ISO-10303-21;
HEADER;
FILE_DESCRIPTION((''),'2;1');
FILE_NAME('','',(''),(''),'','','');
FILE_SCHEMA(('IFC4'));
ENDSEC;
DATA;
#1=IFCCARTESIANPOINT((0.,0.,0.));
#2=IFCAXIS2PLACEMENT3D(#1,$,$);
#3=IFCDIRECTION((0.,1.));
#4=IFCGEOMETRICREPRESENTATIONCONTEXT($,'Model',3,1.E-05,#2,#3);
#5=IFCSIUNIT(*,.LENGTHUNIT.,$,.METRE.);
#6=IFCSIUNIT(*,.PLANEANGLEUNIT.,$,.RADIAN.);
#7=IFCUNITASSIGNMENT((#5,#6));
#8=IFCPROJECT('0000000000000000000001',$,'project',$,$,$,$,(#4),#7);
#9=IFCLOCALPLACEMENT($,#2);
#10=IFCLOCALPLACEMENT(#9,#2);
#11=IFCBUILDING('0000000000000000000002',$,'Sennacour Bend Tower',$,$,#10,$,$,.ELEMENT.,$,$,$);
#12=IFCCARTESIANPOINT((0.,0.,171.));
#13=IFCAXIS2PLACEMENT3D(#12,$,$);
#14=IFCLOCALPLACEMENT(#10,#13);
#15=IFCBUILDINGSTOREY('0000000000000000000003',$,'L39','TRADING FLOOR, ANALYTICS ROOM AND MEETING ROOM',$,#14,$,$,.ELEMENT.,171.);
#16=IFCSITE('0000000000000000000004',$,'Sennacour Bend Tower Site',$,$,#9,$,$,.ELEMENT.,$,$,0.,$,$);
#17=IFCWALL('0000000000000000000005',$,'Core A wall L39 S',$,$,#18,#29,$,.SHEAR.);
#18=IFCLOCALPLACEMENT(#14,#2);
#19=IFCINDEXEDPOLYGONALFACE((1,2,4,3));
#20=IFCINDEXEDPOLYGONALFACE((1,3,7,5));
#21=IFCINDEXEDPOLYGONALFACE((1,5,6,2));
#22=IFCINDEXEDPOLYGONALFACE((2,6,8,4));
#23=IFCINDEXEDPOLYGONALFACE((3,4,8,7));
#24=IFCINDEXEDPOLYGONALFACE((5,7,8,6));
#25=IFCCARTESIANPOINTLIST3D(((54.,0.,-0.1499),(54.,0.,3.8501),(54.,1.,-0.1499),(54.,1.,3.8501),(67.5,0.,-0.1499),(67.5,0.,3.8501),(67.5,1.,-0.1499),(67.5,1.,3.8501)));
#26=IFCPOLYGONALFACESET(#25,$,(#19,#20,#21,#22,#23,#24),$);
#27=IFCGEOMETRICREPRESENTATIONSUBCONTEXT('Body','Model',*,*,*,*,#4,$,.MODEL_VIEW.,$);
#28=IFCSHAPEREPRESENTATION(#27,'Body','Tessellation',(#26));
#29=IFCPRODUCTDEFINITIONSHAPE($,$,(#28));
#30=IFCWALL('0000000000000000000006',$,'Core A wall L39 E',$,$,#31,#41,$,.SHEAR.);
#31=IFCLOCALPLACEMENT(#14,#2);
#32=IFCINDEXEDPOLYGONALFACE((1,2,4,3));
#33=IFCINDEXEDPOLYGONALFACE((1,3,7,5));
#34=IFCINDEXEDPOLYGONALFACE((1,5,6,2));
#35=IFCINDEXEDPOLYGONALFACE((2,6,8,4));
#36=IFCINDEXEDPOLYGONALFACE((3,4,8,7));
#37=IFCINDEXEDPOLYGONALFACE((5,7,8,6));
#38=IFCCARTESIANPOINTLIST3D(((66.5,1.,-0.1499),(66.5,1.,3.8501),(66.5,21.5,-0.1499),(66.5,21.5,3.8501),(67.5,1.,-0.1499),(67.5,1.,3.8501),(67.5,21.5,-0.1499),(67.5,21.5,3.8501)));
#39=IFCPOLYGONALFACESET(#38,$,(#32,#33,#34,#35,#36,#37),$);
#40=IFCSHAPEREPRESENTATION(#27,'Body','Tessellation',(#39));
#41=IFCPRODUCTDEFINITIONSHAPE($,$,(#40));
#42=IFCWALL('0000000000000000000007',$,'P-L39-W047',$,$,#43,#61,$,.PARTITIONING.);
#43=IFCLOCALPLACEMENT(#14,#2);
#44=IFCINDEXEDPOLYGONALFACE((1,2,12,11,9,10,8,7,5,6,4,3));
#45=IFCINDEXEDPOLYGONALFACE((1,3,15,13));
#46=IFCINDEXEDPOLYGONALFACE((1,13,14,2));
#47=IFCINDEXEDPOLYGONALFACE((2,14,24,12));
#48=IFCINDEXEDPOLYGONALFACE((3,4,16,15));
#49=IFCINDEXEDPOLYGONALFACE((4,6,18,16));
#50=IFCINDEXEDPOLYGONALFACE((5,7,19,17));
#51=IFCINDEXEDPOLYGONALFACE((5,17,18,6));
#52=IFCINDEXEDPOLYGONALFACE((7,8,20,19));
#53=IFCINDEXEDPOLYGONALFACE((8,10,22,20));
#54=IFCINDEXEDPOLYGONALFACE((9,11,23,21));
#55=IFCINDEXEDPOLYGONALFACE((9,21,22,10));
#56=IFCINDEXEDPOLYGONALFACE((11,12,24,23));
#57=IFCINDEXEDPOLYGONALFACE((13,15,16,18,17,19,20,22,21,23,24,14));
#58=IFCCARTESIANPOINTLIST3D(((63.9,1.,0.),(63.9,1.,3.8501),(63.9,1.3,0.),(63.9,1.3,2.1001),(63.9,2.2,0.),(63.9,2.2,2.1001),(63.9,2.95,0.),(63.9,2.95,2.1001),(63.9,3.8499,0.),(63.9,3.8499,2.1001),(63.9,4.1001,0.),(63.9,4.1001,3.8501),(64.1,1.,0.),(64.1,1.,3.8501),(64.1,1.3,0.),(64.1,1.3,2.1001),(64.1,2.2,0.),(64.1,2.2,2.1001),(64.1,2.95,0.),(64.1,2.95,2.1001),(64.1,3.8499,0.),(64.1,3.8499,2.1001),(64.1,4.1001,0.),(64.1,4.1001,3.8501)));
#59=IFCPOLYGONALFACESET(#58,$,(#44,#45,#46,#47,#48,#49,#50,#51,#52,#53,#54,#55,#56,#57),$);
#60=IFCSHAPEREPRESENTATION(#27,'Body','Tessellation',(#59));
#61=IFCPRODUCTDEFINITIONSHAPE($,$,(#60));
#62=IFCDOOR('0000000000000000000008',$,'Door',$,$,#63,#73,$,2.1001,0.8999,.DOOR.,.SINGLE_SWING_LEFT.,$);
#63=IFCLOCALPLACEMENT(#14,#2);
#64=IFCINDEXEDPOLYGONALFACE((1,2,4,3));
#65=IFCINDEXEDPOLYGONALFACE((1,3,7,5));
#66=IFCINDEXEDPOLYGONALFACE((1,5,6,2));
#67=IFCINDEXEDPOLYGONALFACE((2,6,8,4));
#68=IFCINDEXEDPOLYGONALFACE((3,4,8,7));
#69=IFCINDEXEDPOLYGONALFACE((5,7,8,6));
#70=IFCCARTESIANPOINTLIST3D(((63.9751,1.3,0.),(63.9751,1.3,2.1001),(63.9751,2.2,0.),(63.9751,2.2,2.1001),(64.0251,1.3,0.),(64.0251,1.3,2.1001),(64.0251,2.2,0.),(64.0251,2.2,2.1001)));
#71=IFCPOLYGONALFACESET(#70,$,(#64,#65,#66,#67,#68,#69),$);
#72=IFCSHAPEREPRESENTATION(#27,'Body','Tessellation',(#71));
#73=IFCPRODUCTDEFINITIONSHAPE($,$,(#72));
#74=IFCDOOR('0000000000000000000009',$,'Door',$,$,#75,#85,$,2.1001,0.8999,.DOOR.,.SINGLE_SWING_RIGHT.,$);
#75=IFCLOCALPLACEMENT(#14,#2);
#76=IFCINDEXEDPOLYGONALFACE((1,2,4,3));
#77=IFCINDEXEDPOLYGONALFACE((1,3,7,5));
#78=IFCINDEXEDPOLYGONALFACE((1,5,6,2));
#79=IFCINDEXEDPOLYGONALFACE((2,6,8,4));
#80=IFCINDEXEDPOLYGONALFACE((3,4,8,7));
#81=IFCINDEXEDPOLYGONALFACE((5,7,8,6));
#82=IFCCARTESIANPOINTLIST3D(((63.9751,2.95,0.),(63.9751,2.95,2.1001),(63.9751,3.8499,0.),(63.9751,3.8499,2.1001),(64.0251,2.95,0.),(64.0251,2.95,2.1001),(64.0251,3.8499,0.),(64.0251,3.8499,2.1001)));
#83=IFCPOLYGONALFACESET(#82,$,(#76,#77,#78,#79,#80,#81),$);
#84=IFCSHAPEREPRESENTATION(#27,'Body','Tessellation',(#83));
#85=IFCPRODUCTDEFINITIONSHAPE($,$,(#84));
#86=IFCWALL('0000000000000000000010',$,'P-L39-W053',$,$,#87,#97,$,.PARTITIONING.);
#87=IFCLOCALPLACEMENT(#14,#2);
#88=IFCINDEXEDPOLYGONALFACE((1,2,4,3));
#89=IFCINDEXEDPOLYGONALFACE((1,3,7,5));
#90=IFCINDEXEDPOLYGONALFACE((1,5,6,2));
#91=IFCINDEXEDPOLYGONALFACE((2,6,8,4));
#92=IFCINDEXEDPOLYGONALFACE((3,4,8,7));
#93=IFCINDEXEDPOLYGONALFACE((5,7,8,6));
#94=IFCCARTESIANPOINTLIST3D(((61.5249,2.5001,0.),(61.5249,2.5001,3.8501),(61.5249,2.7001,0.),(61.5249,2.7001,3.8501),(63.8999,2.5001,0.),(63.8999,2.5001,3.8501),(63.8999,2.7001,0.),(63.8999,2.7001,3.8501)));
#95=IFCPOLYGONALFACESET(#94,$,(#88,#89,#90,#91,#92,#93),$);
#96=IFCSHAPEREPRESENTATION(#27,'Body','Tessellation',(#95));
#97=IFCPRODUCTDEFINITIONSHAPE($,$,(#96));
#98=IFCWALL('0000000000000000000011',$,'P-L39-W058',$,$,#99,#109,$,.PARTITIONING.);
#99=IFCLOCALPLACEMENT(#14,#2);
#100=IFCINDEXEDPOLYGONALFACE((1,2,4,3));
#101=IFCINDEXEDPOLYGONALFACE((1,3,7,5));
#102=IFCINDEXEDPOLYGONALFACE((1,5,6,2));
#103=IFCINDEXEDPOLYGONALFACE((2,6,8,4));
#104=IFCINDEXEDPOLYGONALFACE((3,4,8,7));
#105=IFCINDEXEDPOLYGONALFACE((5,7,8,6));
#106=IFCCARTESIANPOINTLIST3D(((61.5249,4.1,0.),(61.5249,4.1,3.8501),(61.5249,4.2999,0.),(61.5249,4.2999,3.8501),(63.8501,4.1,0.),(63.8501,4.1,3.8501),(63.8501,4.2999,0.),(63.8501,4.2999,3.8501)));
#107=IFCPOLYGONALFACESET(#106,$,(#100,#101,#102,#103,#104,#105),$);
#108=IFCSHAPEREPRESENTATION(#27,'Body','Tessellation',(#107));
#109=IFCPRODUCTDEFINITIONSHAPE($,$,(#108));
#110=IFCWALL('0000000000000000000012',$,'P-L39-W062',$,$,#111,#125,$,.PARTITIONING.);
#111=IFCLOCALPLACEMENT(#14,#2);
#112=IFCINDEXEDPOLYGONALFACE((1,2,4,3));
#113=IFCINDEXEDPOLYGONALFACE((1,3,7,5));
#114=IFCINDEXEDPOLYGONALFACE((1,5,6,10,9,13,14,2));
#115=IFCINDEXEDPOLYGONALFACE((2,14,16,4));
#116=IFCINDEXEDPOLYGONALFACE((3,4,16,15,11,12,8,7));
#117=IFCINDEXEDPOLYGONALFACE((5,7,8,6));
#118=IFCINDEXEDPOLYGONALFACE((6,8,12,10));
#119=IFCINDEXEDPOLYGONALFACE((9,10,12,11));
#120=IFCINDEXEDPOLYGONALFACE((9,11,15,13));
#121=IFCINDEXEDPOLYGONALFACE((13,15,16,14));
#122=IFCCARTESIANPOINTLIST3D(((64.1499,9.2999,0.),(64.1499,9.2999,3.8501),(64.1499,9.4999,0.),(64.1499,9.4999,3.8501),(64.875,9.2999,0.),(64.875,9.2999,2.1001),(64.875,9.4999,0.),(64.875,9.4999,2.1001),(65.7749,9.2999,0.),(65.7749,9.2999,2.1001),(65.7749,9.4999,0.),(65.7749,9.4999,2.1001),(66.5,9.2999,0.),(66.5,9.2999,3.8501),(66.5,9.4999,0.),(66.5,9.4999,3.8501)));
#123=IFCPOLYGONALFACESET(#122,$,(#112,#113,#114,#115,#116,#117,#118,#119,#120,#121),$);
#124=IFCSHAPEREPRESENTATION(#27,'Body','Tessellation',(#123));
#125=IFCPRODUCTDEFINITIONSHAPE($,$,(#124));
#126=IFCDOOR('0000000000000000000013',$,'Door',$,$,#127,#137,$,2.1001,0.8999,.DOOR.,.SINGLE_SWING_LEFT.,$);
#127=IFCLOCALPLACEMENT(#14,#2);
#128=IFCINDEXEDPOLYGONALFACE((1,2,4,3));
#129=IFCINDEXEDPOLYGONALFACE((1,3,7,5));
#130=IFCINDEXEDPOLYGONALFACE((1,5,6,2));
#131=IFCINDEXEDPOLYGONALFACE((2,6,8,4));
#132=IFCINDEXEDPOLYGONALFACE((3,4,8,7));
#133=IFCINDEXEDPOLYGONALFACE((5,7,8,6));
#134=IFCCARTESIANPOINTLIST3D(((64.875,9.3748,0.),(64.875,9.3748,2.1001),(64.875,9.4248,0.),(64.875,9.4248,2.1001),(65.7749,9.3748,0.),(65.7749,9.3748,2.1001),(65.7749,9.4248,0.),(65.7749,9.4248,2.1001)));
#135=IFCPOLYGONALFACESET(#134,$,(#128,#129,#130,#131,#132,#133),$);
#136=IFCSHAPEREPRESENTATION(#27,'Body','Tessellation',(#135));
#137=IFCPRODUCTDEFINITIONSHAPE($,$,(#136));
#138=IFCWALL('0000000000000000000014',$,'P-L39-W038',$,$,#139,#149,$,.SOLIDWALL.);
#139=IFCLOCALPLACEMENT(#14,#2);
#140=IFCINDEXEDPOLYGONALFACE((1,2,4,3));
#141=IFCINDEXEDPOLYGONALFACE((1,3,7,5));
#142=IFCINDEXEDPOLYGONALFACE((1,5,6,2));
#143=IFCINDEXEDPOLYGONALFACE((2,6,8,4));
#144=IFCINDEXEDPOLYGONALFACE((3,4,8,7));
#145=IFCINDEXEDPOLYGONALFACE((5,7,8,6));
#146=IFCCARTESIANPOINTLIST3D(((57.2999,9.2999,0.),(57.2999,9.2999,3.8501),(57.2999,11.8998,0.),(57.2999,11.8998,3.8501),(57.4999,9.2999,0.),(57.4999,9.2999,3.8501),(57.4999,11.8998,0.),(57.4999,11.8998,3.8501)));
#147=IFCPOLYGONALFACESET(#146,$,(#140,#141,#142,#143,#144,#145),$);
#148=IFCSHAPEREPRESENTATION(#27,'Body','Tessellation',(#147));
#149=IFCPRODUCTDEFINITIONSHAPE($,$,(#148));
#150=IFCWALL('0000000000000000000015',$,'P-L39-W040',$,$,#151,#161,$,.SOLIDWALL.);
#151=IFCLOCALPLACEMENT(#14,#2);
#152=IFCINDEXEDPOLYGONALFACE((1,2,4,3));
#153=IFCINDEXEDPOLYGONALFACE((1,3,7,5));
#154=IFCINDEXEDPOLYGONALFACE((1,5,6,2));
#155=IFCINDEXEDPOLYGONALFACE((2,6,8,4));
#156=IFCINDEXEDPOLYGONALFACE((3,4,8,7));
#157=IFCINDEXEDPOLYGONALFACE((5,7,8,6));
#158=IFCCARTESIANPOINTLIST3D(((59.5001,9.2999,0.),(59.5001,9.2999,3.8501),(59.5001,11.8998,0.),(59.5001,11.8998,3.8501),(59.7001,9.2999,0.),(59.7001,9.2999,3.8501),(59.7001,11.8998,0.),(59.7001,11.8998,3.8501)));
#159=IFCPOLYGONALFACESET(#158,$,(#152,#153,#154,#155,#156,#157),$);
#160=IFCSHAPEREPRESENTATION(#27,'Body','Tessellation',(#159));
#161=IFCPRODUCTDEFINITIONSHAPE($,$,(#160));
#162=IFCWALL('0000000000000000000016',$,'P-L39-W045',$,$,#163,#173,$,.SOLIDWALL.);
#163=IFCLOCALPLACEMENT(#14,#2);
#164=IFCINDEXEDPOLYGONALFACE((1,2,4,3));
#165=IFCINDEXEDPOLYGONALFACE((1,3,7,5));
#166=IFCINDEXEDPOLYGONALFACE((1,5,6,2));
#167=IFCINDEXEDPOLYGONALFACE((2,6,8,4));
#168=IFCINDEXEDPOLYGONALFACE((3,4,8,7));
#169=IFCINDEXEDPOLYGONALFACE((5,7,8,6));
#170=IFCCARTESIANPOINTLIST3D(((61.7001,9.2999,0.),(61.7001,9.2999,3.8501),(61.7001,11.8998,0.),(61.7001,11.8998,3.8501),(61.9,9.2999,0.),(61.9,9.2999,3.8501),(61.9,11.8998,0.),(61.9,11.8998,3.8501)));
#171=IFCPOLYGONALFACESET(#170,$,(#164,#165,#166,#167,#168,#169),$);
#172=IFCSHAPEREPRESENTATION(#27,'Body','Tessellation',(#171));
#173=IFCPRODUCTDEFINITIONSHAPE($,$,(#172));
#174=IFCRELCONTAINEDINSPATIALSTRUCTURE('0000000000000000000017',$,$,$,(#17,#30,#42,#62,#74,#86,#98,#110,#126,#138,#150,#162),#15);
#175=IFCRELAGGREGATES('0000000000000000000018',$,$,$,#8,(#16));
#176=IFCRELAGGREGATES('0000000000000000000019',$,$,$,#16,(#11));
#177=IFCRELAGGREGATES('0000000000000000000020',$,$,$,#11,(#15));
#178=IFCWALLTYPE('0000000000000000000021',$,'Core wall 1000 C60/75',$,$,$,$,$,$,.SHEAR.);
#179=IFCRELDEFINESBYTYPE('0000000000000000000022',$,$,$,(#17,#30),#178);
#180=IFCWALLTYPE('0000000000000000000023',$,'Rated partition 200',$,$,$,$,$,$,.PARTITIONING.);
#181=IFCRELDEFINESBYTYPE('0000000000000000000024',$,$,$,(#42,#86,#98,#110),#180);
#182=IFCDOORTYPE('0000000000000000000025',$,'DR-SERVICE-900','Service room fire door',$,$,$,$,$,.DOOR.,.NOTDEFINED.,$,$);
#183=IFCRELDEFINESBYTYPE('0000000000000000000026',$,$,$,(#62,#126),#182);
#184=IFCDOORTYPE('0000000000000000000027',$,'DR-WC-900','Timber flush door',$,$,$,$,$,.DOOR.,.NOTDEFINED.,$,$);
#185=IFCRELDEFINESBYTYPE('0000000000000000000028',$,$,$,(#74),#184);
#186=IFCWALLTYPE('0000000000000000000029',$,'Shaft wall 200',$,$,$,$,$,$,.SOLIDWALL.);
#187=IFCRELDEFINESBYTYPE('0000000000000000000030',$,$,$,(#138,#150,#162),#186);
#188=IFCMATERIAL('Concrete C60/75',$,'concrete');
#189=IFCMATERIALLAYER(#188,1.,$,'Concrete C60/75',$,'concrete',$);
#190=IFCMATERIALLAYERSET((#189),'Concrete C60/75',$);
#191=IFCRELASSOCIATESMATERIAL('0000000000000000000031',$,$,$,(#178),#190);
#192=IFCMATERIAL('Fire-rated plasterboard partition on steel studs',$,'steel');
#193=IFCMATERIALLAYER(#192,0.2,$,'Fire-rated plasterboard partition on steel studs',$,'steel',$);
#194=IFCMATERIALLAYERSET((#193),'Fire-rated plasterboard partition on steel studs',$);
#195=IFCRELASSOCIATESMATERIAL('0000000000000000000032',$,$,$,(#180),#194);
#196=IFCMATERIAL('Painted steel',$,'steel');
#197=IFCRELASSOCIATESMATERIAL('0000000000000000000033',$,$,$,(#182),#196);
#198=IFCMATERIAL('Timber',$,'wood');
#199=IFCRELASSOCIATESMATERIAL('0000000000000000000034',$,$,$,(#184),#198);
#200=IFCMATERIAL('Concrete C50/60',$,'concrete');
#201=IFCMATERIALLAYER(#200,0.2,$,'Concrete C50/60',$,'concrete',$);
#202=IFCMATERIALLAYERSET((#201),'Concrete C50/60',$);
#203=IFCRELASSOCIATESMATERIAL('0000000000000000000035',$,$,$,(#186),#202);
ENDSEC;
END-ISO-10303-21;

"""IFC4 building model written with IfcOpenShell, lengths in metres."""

from ifc_helpers import new_model, si_unit, direction, frame, frame_2d, origin, place, context, subcontext, project, spatial, rectangle, extrude, material, layer, layer_set, type_object, element, fill, save


model = new_model("IFC4")

# Units and contexts
model_context = context("Model", 3, precision=1e-05, world=origin(), true_north=direction((0.0, 1.0)))
body_context = subcontext(model_context, "Body", "Model", "MODEL_VIEW")
ifc_project = project(units=[si_unit("LENGTHUNIT", "METRE"), si_unit("PLANEANGLEUNIT", "RADIAN")], contexts=[model_context])

# Site, building, storey
site_placement = place(None, origin())
site = spatial("IfcSite", under=ifc_project, at=site_placement, Name="Sennacour Bend Tower Site", CompositionType="ELEMENT", RefElevation=0.0)
building_placement = place(site_placement, origin())
building = spatial("IfcBuilding", under=site, at=building_placement, Name="Sennacour Bend Tower", CompositionType="ELEMENT")
storey_placement = place(building_placement, frame((0.0, 0.0, 171.0)))
storey = spatial("IfcBuildingStorey", under=building, at=storey_placement, Name="L39", Description="TRADING FLOOR, ANALYTICS ROOM AND MEETING ROOM", CompositionType="ELEMENT", Elevation=171.0)

# Walls
ifc_material_1 = material(Name="Concrete C60/75", Category="concrete")
ifc_layer_1 = layer(ifc_material_1, 1.0, Name="Concrete C60/75", Category="concrete")
ifc_layer_set_1 = layer_set([ifc_layer_1], Name="Concrete C60/75")
wall_type_1 = type_object("IfcWallType", Name="Core wall 1000 C60/75", PredefinedType="SHEAR", material=ifc_layer_set_1)
wall_1_placement = place(storey_placement, frame((67.5, 0.5, -0.1499), z_axis=(0.0, 0.0, 1.0), x_axis=(-1.0, 0.0, 0.0)))
element("IfcWall", 1, at=wall_1_placement, inside=storey, type_object=wall_type_1, Name="Core A wall L39 S", PredefinedType="SHEAR", context=body_context, shape_type="SweptSolid", body=[
    extrude(rectangle(XDim=13.5, YDim=1.0, at=frame_2d((6.75, 0.0))), origin(), (0.0, 0.0, 1.0), 4.0),
])
wall_2_placement = place(storey_placement, frame((67.0, 1.0, -0.1499), z_axis=(0.0, 0.0, 1.0), x_axis=(0.0, 1.0, 0.0)))
element("IfcWall", 2, at=wall_2_placement, inside=storey, type_object=wall_type_1, Name="Core A wall L39 E", PredefinedType="SHEAR", context=body_context, shape_type="SweptSolid", body=[
    extrude(rectangle(XDim=20.5, YDim=1.0, at=frame_2d((10.25, 0.0))), origin(), (0.0, 0.0, 1.0), 4.0),
])

# Wall, openings, doors
ifc_material_2 = material(Name="Fire-rated plasterboard partition on steel studs", Category="steel")
ifc_layer_2 = layer(ifc_material_2, 0.2, Name="Fire-rated plasterboard partition on steel studs", Category="steel")
ifc_layer_set_2 = layer_set([ifc_layer_2], Name="Fire-rated plasterboard partition on steel studs")
wall_type_2 = type_object("IfcWallType", Name="Rated partition 200", PredefinedType="PARTITIONING", material=ifc_layer_set_2)
wall_3_placement = place(storey_placement, frame((64.0, 1.0, 0.0), z_axis=(0.0, 0.0, 1.0), x_axis=(0.0, 1.0, 0.0)))
wall_3 = element("IfcWall", 3, at=wall_3_placement, inside=storey, type_object=wall_type_2, Name="P-L39-W047", PredefinedType="PARTITIONING", context=body_context, shape_type="SweptSolid", body=[
    extrude(rectangle(XDim=3.1001, YDim=0.2, at=frame_2d((1.55, 0.0))), origin(), (0.0, 0.0, 1.0), 3.8501),
])
opening_1_placement = place(wall_3_placement, frame((0.3, 0.0, 0.0)))
opening_1 = element("IfcOpeningElement", 4, at=opening_1_placement, cuts=wall_3, PredefinedType="OPENING", context=body_context, shape_type="SweptSolid", body=[
    extrude(rectangle(XDim=0.8999, YDim=2.1001, at=frame_2d((0.45, 1.05))), frame((0.0, 0.1099, 0.0), z_axis=(0.0, -1.0, 0.0), x_axis=(1.0, 0.0, 0.0)), (0.0, 0.0, 1.0), 0.22),
])
opening_2_placement = place(wall_3_placement, frame((1.95, 0.0, 0.0)))
opening_2 = element("IfcOpeningElement", 5, at=opening_2_placement, cuts=wall_3, PredefinedType="OPENING", context=body_context, shape_type="SweptSolid", body=[
    extrude(rectangle(XDim=0.8999, YDim=2.1001, at=frame_2d((0.45, 1.05))), frame((0.0, 0.1099, 0.0), z_axis=(0.0, -1.0, 0.0), x_axis=(1.0, 0.0, 0.0)), (0.0, 0.0, 1.0), 0.22),
])
ifc_material_3 = material(Name="Painted steel", Category="steel")
door_type_1 = type_object("IfcDoorType", Name="DR-SERVICE-900", Description="Service room fire door", OperationType="NOTDEFINED", PredefinedType="DOOR", material=ifc_material_3)
door_1_placement = place(opening_1_placement, origin())
door_1 = element("IfcDoor", 6, at=door_1_placement, inside=storey, type_object=door_type_1, Name="Door", OperationType="SINGLE_SWING_LEFT", OverallHeight=2.1001, OverallWidth=0.8999, PredefinedType="DOOR", context=body_context, shape_type="SweptSolid", body=[
    extrude(rectangle(XDim=0.8999, YDim=2.1001, at=frame_2d((0.45, 1.05))), frame((0.0, 0.0249, 0.0), z_axis=(0.0, -1.0, 0.0), x_axis=(1.0, 0.0, 0.0)), (0.0, 0.0, 1.0), 0.05),
])
fill(opening_1, door_1)
ifc_material_4 = material(Name="Timber", Category="wood")
door_type_2 = type_object("IfcDoorType", Name="DR-WC-900", Description="Timber flush door", OperationType="NOTDEFINED", PredefinedType="DOOR", material=ifc_material_4)
door_2_placement = place(opening_2_placement, origin())
door_2 = element("IfcDoor", 7, at=door_2_placement, inside=storey, type_object=door_type_2, Name="Door", OperationType="SINGLE_SWING_RIGHT", OverallHeight=2.1001, OverallWidth=0.8999, PredefinedType="DOOR", context=body_context, shape_type="SweptSolid", body=[
    extrude(rectangle(XDim=0.8999, YDim=2.1001, at=frame_2d((0.45, 1.05))), frame((0.0, 0.0249, 0.0), z_axis=(0.0, -1.0, 0.0), x_axis=(1.0, 0.0, 0.0)), (0.0, 0.0, 1.0), 0.05),
])
fill(opening_2, door_2)

# Walls
wall_4_placement = place(storey_placement, frame((61.5249, 2.6001, 0.0), z_axis=(0.0, 0.0, 1.0), x_axis=(1.0, 0.0, 0.0)))
element("IfcWall", 8, at=wall_4_placement, inside=storey, type_object=wall_type_2, Name="P-L39-W053", PredefinedType="PARTITIONING", context=body_context, shape_type="SweptSolid", body=[
    extrude(rectangle(XDim=2.375, YDim=0.2, at=frame_2d((1.1875, 0.0))), origin(), (0.0, 0.0, 1.0), 3.8501),
])
wall_5_placement = place(storey_placement, frame((61.5249, 4.2, 0.0), z_axis=(0.0, 0.0, 1.0), x_axis=(1.0, 0.0, 0.0)))
element("IfcWall", 9, at=wall_5_placement, inside=storey, type_object=wall_type_2, Name="P-L39-W058", PredefinedType="PARTITIONING", context=body_context, shape_type="SweptSolid", body=[
    extrude(rectangle(XDim=2.3252, YDim=0.2, at=frame_2d((1.1626, 0.0))), origin(), (0.0, 0.0, 1.0), 3.8501),
])

# Wall, opening, door
wall_6_placement = place(storey_placement, frame((64.1499, 9.3999, 0.0), z_axis=(0.0, 0.0, 1.0), x_axis=(1.0, 0.0, 0.0)))
wall_6 = element("IfcWall", 10, at=wall_6_placement, inside=storey, type_object=wall_type_2, Name="P-L39-W062", PredefinedType="PARTITIONING", context=body_context, shape_type="SweptSolid", body=[
    extrude(rectangle(XDim=2.3501, YDim=0.2, at=frame_2d((1.175, 0.0))), origin(), (0.0, 0.0, 1.0), 3.8501),
])
opening_3_placement = place(wall_6_placement, frame((0.7251, 0.0, 0.0)))
opening_3 = element("IfcOpeningElement", 11, at=opening_3_placement, cuts=wall_6, PredefinedType="OPENING", context=body_context, shape_type="SweptSolid", body=[
    extrude(rectangle(XDim=0.8999, YDim=2.1001, at=frame_2d((0.45, 1.05))), frame((0.0, 0.1099, 0.0), z_axis=(0.0, -1.0, 0.0), x_axis=(1.0, 0.0, 0.0)), (0.0, 0.0, 1.0), 0.22),
])
door_3_placement = place(opening_3_placement, origin())
door_3 = element("IfcDoor", 12, at=door_3_placement, inside=storey, type_object=door_type_1, Name="Door", OperationType="SINGLE_SWING_LEFT", OverallHeight=2.1001, OverallWidth=0.8999, PredefinedType="DOOR", context=body_context, shape_type="SweptSolid", body=[
    extrude(rectangle(XDim=0.8999, YDim=2.1001, at=frame_2d((0.45, 1.05))), frame((0.0, 0.0249, 0.0), z_axis=(0.0, -1.0, 0.0), x_axis=(1.0, 0.0, 0.0)), (0.0, 0.0, 1.0), 0.05),
])
fill(opening_3, door_3)

# Walls
ifc_material_5 = material(Name="Concrete C50/60", Category="concrete")
ifc_layer_3 = layer(ifc_material_5, 0.2, Name="Concrete C50/60", Category="concrete")
ifc_layer_set_3 = layer_set([ifc_layer_3], Name="Concrete C50/60")
wall_type_3 = type_object("IfcWallType", Name="Shaft wall 200", PredefinedType="SOLIDWALL", material=ifc_layer_set_3)
for number, where, z_axis, x_axis, name in (
    (13, (57.3999, 9.3, 0.0), (0.0, 0.0, 1.0), (0.0, 1.0, 0.0), "P-L39-W038"),
    (14, (59.6001, 9.3, 0.0), (0.0, 0.0, 1.0), (0.0, 1.0, 0.0), "P-L39-W040"),
    (15, (61.8, 9.3, 0.0), (0.0, 0.0, 1.0), (0.0, 1.0, 0.0), "P-L39-W045"),
):
    element("IfcWall", number, at=place(storey_placement, frame(where, z_axis=z_axis, x_axis=x_axis)), inside=storey, type_object=wall_type_3, Name=name, PredefinedType="SOLIDWALL", context=body_context, shape_type="SweptSolid", body=[
        extrude(rectangle(XDim=2.5999, YDim=0.2, at=frame_2d((1.2998, 0.0))), origin(), (0.0, 0.0, 1.0), 3.8501),
    ])

save(model, "model.ifc")
